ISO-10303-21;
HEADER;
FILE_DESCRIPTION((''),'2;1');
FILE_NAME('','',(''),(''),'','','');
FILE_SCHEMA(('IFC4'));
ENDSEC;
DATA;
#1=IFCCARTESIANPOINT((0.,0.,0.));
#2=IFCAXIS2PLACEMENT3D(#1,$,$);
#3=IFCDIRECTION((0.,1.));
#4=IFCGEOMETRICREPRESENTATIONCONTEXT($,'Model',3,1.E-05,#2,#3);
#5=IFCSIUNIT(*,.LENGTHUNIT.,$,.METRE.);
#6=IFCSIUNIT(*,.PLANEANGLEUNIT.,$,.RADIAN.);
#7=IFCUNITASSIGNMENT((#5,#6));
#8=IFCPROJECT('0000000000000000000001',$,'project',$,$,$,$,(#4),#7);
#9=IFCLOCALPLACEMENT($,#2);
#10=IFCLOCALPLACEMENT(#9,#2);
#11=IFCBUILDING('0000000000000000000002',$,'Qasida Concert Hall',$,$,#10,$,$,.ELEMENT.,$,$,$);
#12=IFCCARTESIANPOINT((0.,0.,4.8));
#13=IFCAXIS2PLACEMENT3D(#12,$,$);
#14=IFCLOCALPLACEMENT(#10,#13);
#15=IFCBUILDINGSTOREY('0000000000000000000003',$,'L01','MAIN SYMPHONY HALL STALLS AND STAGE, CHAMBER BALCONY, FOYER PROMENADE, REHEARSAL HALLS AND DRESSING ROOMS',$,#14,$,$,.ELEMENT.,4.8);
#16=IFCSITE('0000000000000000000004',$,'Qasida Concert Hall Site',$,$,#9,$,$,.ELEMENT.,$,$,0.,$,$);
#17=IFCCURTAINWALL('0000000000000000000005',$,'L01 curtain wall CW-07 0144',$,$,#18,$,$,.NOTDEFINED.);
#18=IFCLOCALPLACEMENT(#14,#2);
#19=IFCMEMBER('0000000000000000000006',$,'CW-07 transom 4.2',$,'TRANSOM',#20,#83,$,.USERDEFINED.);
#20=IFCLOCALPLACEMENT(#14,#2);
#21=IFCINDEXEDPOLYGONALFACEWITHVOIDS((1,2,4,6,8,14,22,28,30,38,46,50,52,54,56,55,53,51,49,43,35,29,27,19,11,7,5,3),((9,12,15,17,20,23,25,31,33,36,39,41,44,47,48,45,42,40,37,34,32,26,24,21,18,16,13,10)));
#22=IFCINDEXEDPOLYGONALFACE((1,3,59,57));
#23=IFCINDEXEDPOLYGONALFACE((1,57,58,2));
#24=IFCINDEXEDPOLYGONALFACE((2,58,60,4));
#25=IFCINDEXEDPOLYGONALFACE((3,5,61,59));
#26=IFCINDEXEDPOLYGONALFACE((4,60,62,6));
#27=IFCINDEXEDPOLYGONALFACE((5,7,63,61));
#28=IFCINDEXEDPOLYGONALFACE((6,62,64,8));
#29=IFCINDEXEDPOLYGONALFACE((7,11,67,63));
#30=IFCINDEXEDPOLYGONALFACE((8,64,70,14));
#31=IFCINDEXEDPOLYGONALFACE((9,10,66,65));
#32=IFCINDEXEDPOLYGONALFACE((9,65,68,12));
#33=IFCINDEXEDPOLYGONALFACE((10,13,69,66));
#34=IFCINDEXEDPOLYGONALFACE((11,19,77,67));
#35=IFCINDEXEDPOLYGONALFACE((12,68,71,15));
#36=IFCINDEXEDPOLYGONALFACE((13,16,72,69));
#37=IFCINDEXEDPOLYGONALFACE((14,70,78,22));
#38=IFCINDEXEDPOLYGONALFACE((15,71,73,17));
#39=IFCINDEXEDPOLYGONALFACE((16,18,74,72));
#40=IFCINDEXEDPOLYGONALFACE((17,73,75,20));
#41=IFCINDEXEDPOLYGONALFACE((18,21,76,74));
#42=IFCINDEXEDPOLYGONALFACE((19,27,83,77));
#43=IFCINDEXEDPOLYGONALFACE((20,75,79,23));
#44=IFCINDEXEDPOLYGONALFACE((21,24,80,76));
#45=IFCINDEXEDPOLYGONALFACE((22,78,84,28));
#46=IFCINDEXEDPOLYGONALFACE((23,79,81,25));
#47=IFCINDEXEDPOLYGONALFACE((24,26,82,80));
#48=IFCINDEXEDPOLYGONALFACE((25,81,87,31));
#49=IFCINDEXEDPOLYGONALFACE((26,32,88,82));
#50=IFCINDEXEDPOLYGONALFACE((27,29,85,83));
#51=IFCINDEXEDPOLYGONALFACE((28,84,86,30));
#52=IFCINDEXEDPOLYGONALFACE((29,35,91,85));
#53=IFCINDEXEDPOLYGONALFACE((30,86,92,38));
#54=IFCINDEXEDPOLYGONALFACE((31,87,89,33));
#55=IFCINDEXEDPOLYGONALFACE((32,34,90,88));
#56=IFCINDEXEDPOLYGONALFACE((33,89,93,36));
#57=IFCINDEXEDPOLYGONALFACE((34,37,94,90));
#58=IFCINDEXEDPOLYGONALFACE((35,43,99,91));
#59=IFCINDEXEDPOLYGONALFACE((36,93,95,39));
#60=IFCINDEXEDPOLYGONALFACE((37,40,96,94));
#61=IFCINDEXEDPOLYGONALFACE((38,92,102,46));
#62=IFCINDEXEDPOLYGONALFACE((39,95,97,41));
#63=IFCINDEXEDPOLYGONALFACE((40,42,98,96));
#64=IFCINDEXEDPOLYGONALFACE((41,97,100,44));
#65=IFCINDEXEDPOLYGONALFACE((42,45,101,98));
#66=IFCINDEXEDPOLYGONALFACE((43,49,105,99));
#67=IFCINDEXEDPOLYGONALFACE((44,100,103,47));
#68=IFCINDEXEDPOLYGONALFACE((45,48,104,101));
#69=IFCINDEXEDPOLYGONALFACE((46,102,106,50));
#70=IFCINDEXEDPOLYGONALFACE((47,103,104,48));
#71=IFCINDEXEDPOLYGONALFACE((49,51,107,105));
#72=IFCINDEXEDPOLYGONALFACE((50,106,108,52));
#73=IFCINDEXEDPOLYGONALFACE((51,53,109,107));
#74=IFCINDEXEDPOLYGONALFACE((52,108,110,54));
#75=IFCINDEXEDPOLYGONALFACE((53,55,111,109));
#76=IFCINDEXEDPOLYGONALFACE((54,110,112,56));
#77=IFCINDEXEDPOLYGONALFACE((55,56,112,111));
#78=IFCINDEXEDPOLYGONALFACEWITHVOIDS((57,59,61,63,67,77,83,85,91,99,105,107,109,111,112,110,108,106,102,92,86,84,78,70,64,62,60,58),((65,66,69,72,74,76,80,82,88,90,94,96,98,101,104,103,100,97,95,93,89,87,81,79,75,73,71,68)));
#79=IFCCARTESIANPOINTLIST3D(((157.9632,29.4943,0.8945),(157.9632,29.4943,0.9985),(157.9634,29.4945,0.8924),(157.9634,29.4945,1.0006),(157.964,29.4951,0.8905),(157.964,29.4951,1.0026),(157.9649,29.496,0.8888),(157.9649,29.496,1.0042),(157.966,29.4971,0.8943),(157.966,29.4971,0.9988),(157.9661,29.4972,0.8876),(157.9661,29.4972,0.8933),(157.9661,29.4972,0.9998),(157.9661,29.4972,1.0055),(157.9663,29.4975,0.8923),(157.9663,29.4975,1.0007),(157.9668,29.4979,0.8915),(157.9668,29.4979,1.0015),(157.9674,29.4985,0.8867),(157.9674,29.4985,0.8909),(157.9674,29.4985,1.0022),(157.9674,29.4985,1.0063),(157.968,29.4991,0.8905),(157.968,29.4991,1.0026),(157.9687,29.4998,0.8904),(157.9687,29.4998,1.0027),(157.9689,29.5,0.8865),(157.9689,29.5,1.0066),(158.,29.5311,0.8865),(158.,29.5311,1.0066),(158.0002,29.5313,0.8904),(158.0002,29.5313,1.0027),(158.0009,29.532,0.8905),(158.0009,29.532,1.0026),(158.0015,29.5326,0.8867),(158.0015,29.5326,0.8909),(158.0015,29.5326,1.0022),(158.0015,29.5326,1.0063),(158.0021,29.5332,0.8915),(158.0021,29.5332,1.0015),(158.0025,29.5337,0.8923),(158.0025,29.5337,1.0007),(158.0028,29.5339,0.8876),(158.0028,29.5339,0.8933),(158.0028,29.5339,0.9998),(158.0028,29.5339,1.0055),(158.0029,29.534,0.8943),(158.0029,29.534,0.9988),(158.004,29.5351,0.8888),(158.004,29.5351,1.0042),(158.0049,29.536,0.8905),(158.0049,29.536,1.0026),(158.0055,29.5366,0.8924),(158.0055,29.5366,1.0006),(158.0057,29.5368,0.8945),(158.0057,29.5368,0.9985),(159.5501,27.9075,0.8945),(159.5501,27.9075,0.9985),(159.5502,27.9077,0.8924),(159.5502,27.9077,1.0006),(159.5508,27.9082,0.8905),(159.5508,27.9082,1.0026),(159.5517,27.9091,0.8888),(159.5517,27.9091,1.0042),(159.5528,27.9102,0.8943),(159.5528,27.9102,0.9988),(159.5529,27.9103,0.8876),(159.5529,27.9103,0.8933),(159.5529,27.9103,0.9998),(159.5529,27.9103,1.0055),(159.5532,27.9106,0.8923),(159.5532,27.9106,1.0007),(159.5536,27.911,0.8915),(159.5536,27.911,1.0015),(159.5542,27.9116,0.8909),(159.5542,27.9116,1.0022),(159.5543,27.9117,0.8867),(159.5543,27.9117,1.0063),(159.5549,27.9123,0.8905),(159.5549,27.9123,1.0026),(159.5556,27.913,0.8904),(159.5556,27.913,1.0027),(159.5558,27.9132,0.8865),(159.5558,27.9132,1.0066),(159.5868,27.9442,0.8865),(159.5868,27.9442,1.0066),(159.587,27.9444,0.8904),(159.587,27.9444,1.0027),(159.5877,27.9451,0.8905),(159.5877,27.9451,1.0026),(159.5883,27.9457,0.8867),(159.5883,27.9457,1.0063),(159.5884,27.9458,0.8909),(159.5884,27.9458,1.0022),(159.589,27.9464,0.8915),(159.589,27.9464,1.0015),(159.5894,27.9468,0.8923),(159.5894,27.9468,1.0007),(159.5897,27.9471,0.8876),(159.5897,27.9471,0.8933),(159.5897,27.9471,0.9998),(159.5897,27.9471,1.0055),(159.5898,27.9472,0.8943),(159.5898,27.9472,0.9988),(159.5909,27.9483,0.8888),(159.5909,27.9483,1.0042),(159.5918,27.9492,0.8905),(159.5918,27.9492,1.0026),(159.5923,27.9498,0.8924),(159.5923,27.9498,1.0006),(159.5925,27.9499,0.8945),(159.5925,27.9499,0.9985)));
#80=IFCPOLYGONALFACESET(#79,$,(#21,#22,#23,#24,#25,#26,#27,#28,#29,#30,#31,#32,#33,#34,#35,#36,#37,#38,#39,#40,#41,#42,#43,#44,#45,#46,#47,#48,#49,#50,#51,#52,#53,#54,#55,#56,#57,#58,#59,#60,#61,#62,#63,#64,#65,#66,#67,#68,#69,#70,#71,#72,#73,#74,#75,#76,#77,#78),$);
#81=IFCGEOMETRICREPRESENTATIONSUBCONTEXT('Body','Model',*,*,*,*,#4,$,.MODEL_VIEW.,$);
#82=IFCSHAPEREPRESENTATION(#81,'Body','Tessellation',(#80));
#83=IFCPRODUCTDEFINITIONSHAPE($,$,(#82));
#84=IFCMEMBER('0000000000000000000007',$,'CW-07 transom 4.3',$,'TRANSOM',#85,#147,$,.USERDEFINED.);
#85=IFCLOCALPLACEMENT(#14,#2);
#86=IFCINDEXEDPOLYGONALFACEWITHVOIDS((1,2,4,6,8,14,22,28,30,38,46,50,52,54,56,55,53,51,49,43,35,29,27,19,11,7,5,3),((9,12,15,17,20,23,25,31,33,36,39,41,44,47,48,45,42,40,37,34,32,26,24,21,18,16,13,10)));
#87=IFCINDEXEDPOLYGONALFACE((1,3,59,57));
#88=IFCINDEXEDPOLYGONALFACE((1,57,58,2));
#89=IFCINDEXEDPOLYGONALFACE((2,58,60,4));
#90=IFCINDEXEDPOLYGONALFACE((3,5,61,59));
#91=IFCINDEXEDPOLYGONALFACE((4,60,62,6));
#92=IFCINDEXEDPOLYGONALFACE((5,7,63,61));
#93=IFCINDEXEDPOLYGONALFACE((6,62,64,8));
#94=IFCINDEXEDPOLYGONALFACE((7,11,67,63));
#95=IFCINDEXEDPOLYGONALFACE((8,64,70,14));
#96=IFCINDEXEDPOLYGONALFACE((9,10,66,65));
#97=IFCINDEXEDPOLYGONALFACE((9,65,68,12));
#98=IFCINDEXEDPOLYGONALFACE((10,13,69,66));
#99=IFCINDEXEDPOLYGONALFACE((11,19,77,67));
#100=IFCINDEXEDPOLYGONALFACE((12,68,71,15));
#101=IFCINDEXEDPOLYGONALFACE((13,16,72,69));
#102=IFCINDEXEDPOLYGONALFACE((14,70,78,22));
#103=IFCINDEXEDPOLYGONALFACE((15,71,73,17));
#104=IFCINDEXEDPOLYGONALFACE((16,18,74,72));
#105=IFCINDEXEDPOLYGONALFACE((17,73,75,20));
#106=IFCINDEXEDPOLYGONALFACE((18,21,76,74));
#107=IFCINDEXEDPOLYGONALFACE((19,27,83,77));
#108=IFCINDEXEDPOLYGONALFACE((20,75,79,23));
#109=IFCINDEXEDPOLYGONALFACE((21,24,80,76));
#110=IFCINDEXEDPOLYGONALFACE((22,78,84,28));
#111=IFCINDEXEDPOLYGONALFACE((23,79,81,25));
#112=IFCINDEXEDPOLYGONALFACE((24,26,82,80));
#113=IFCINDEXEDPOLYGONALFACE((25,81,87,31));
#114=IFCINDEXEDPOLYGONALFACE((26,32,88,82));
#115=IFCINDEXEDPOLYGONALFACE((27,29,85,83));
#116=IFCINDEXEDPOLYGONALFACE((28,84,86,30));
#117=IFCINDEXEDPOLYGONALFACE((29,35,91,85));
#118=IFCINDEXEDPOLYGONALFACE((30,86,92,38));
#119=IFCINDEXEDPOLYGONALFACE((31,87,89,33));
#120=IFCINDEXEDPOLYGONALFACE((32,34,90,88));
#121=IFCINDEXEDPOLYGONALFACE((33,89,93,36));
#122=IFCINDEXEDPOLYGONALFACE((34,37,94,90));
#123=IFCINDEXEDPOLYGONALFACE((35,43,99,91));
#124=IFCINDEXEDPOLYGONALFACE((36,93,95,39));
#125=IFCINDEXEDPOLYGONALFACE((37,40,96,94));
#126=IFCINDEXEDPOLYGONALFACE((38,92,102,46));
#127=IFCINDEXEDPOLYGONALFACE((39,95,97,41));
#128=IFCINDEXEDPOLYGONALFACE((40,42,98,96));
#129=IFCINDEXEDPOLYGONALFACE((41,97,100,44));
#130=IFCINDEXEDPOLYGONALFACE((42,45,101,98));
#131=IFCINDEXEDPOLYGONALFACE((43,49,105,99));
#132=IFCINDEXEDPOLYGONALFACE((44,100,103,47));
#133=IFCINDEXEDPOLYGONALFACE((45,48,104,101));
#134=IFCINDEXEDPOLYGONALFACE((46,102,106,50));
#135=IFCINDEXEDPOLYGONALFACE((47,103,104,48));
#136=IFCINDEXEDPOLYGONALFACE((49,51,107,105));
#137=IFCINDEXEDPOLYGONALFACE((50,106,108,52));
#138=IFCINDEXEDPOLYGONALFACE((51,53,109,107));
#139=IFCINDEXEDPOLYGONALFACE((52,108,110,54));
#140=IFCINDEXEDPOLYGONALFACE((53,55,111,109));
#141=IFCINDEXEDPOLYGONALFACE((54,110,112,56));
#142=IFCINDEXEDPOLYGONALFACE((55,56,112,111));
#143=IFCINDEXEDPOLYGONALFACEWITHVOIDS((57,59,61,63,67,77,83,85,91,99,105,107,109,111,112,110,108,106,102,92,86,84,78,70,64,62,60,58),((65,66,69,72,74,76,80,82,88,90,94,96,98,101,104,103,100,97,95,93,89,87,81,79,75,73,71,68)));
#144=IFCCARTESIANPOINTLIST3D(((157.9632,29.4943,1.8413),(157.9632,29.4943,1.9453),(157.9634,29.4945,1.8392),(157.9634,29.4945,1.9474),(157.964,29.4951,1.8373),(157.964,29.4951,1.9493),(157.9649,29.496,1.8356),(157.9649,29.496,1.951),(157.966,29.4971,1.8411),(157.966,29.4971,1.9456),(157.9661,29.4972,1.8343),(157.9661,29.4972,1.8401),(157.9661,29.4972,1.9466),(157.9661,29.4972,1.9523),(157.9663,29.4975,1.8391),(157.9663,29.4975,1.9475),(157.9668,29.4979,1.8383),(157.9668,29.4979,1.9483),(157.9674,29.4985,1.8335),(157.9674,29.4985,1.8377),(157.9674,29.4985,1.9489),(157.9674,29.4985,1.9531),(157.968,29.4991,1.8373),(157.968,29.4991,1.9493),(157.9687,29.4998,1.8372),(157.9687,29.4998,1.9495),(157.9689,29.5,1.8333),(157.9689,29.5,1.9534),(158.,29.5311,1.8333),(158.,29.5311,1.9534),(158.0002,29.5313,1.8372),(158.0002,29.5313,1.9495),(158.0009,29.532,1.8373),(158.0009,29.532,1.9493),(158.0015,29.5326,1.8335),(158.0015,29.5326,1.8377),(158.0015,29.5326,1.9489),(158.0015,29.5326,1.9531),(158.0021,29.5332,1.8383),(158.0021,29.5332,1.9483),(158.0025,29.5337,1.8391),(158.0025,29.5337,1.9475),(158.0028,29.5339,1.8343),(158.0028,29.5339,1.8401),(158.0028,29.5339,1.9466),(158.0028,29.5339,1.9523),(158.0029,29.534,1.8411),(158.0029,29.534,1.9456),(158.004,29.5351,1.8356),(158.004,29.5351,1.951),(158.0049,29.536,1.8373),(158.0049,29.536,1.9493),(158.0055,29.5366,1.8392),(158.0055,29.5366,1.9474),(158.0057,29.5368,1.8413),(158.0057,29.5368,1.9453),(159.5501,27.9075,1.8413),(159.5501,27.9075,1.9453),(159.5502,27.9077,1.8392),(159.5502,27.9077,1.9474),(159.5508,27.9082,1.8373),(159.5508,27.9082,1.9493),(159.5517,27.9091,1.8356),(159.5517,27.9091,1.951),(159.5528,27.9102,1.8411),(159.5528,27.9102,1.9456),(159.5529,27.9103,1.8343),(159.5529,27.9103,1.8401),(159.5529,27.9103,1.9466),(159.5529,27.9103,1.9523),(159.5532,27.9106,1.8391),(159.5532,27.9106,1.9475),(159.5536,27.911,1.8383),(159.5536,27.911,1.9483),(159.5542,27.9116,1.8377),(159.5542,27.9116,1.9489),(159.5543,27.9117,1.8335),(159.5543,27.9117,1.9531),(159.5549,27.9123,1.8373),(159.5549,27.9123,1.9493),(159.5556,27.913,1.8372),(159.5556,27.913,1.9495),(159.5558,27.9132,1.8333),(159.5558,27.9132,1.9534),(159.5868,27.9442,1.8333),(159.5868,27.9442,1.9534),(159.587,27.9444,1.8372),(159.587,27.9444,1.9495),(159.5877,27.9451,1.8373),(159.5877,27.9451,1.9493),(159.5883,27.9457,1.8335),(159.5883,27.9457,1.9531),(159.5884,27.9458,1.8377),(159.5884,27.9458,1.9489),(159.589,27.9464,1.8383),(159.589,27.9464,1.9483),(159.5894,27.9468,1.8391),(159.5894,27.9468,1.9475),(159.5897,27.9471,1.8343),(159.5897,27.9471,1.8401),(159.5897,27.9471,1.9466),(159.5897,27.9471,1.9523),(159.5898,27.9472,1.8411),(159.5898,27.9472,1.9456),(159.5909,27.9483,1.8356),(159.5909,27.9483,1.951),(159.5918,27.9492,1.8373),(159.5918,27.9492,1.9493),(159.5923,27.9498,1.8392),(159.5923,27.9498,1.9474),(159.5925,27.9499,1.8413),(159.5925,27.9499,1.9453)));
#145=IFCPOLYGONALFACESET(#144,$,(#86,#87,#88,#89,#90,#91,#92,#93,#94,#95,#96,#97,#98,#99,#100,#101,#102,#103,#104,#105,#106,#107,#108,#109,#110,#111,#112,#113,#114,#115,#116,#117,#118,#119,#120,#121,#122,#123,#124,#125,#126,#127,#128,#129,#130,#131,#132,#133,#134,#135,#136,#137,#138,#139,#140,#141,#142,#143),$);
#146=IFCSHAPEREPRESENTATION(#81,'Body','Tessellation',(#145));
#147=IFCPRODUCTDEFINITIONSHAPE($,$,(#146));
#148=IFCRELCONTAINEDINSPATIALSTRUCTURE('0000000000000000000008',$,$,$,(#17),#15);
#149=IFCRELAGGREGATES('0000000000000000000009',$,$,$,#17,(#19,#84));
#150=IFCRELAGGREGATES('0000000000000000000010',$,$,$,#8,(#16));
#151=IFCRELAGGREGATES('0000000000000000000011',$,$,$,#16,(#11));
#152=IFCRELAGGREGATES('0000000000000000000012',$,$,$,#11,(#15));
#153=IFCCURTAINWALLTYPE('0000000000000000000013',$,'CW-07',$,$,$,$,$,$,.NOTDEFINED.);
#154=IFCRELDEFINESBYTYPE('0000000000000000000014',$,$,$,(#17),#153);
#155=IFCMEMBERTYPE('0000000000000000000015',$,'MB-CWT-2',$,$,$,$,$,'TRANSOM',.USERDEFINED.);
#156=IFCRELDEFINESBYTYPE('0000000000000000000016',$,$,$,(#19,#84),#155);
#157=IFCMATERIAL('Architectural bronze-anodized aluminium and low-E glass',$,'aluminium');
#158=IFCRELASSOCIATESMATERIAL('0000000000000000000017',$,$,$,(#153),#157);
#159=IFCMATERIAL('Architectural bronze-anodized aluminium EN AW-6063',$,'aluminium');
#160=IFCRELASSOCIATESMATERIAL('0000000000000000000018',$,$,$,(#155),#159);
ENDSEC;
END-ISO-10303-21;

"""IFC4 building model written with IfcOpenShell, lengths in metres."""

from ifc_helpers import new_model, si_unit, direction, frame, origin, origin_2d, place, context, subcontext, project, spatial, hollow_rectangle, extrude, material, material_profile, profile_set, type_object, element, aggregate, save


model = new_model("IFC4")

# Units and contexts
model_context = context("Model", 3, precision=1e-05, world=origin(), true_north=direction((0.0, 1.0)))
body_context = subcontext(model_context, "Body", "Model", "MODEL_VIEW")
ifc_project = project(units=[si_unit("LENGTHUNIT", "METRE"), si_unit("PLANEANGLEUNIT", "RADIAN")], contexts=[model_context])

# Site, building, storey
site_placement = place(None, origin())
site = spatial("IfcSite", under=ifc_project, at=site_placement, Name="Qasida Concert Hall Site", CompositionType="ELEMENT", RefElevation=0.0)
building_placement = place(site_placement, origin())
building = spatial("IfcBuilding", under=site, at=building_placement, Name="Qasida Concert Hall", CompositionType="ELEMENT")
storey_placement = place(building_placement, frame((0.0, 0.0, 4.8)))
storey = spatial("IfcBuildingStorey", under=building, at=storey_placement, Name="L01", Description="MAIN SYMPHONY HALL STALLS AND STAGE, CHAMBER BALCONY, FOYER PROMENADE, REHEARSAL HALLS AND DRESSING ROOMS", CompositionType="ELEMENT", Elevation=4.8)

# Curtain wall, members
ifc_material_1 = material(Name="Architectural bronze-anodized aluminium and low-E glass", Category="aluminium")
curtain_wall_type = type_object("IfcCurtainWallType", Name="CW-07", PredefinedType="NOTDEFINED", material=ifc_material_1)
curtain_wall_placement = place(storey_placement, origin())
curtain_wall = element("IfcCurtainWall", 1, at=curtain_wall_placement, inside=storey, type_object=curtain_wall_type, Name="L01 curtain wall CW-07 0144", PredefinedType="NOTDEFINED")
ifc_material_2 = material(Name="Architectural bronze-anodized aluminium EN AW-6063", Category="aluminium")
ifc_material_profile_1 = material_profile(ifc_material_2, hollow_rectangle(XDim=0.0601, YDim=0.1201, WallThickness=0.0039, InnerFilletRadius=0.0039, OuterFilletRadius=0.0081, at=origin_2d()), Name="CWT 120x60x4")
ifc_profile_set_1 = profile_set([ifc_material_profile_1], Name="Architectural bronze-anodized aluminium EN AW-6063")
member_type_1 = type_object("IfcMemberType", Name="MB-CWT-2", ElementType="TRANSOM", PredefinedType="USERDEFINED", material=ifc_profile_set_1)
member_1_placement = place(storey_placement, frame((159.5713, 27.9287, 0.9465), z_axis=(-0.707107, 0.707107, 0.0), x_axis=(-0.707107, -0.707107, 0.0)))
member_1 = element("IfcMember", 2, at=member_1_placement, type_object=member_type_1, Name="CW-07 transom 4.2", ObjectType="TRANSOM", PredefinedType="USERDEFINED", context=body_context, shape_type="SweptSolid", body=[
    extrude(hollow_rectangle(XDim=0.0601, YDim=0.1201, WallThickness=0.0039, InnerFilletRadius=0.0039, OuterFilletRadius=0.0081, at=origin_2d()), origin(), (0.0, 0.0, 1.0), 2.2441),
])
member_2_placement = place(storey_placement, frame((159.5713, 27.9287, 1.8933), z_axis=(-0.707107, 0.707107, 0.0), x_axis=(-0.707107, -0.707107, 0.0)))
member_2 = element("IfcMember", 3, at=member_2_placement, type_object=member_type_1, Name="CW-07 transom 4.3", ObjectType="TRANSOM", PredefinedType="USERDEFINED", context=body_context, shape_type="SweptSolid", body=[
    extrude(hollow_rectangle(XDim=0.0601, YDim=0.1201, WallThickness=0.0039, InnerFilletRadius=0.0039, OuterFilletRadius=0.0081, at=origin_2d()), origin(), (0.0, 0.0, 1.0), 2.2441),
])
aggregate(curtain_wall, [member_1, member_2])

save(model, "model.ifc")
